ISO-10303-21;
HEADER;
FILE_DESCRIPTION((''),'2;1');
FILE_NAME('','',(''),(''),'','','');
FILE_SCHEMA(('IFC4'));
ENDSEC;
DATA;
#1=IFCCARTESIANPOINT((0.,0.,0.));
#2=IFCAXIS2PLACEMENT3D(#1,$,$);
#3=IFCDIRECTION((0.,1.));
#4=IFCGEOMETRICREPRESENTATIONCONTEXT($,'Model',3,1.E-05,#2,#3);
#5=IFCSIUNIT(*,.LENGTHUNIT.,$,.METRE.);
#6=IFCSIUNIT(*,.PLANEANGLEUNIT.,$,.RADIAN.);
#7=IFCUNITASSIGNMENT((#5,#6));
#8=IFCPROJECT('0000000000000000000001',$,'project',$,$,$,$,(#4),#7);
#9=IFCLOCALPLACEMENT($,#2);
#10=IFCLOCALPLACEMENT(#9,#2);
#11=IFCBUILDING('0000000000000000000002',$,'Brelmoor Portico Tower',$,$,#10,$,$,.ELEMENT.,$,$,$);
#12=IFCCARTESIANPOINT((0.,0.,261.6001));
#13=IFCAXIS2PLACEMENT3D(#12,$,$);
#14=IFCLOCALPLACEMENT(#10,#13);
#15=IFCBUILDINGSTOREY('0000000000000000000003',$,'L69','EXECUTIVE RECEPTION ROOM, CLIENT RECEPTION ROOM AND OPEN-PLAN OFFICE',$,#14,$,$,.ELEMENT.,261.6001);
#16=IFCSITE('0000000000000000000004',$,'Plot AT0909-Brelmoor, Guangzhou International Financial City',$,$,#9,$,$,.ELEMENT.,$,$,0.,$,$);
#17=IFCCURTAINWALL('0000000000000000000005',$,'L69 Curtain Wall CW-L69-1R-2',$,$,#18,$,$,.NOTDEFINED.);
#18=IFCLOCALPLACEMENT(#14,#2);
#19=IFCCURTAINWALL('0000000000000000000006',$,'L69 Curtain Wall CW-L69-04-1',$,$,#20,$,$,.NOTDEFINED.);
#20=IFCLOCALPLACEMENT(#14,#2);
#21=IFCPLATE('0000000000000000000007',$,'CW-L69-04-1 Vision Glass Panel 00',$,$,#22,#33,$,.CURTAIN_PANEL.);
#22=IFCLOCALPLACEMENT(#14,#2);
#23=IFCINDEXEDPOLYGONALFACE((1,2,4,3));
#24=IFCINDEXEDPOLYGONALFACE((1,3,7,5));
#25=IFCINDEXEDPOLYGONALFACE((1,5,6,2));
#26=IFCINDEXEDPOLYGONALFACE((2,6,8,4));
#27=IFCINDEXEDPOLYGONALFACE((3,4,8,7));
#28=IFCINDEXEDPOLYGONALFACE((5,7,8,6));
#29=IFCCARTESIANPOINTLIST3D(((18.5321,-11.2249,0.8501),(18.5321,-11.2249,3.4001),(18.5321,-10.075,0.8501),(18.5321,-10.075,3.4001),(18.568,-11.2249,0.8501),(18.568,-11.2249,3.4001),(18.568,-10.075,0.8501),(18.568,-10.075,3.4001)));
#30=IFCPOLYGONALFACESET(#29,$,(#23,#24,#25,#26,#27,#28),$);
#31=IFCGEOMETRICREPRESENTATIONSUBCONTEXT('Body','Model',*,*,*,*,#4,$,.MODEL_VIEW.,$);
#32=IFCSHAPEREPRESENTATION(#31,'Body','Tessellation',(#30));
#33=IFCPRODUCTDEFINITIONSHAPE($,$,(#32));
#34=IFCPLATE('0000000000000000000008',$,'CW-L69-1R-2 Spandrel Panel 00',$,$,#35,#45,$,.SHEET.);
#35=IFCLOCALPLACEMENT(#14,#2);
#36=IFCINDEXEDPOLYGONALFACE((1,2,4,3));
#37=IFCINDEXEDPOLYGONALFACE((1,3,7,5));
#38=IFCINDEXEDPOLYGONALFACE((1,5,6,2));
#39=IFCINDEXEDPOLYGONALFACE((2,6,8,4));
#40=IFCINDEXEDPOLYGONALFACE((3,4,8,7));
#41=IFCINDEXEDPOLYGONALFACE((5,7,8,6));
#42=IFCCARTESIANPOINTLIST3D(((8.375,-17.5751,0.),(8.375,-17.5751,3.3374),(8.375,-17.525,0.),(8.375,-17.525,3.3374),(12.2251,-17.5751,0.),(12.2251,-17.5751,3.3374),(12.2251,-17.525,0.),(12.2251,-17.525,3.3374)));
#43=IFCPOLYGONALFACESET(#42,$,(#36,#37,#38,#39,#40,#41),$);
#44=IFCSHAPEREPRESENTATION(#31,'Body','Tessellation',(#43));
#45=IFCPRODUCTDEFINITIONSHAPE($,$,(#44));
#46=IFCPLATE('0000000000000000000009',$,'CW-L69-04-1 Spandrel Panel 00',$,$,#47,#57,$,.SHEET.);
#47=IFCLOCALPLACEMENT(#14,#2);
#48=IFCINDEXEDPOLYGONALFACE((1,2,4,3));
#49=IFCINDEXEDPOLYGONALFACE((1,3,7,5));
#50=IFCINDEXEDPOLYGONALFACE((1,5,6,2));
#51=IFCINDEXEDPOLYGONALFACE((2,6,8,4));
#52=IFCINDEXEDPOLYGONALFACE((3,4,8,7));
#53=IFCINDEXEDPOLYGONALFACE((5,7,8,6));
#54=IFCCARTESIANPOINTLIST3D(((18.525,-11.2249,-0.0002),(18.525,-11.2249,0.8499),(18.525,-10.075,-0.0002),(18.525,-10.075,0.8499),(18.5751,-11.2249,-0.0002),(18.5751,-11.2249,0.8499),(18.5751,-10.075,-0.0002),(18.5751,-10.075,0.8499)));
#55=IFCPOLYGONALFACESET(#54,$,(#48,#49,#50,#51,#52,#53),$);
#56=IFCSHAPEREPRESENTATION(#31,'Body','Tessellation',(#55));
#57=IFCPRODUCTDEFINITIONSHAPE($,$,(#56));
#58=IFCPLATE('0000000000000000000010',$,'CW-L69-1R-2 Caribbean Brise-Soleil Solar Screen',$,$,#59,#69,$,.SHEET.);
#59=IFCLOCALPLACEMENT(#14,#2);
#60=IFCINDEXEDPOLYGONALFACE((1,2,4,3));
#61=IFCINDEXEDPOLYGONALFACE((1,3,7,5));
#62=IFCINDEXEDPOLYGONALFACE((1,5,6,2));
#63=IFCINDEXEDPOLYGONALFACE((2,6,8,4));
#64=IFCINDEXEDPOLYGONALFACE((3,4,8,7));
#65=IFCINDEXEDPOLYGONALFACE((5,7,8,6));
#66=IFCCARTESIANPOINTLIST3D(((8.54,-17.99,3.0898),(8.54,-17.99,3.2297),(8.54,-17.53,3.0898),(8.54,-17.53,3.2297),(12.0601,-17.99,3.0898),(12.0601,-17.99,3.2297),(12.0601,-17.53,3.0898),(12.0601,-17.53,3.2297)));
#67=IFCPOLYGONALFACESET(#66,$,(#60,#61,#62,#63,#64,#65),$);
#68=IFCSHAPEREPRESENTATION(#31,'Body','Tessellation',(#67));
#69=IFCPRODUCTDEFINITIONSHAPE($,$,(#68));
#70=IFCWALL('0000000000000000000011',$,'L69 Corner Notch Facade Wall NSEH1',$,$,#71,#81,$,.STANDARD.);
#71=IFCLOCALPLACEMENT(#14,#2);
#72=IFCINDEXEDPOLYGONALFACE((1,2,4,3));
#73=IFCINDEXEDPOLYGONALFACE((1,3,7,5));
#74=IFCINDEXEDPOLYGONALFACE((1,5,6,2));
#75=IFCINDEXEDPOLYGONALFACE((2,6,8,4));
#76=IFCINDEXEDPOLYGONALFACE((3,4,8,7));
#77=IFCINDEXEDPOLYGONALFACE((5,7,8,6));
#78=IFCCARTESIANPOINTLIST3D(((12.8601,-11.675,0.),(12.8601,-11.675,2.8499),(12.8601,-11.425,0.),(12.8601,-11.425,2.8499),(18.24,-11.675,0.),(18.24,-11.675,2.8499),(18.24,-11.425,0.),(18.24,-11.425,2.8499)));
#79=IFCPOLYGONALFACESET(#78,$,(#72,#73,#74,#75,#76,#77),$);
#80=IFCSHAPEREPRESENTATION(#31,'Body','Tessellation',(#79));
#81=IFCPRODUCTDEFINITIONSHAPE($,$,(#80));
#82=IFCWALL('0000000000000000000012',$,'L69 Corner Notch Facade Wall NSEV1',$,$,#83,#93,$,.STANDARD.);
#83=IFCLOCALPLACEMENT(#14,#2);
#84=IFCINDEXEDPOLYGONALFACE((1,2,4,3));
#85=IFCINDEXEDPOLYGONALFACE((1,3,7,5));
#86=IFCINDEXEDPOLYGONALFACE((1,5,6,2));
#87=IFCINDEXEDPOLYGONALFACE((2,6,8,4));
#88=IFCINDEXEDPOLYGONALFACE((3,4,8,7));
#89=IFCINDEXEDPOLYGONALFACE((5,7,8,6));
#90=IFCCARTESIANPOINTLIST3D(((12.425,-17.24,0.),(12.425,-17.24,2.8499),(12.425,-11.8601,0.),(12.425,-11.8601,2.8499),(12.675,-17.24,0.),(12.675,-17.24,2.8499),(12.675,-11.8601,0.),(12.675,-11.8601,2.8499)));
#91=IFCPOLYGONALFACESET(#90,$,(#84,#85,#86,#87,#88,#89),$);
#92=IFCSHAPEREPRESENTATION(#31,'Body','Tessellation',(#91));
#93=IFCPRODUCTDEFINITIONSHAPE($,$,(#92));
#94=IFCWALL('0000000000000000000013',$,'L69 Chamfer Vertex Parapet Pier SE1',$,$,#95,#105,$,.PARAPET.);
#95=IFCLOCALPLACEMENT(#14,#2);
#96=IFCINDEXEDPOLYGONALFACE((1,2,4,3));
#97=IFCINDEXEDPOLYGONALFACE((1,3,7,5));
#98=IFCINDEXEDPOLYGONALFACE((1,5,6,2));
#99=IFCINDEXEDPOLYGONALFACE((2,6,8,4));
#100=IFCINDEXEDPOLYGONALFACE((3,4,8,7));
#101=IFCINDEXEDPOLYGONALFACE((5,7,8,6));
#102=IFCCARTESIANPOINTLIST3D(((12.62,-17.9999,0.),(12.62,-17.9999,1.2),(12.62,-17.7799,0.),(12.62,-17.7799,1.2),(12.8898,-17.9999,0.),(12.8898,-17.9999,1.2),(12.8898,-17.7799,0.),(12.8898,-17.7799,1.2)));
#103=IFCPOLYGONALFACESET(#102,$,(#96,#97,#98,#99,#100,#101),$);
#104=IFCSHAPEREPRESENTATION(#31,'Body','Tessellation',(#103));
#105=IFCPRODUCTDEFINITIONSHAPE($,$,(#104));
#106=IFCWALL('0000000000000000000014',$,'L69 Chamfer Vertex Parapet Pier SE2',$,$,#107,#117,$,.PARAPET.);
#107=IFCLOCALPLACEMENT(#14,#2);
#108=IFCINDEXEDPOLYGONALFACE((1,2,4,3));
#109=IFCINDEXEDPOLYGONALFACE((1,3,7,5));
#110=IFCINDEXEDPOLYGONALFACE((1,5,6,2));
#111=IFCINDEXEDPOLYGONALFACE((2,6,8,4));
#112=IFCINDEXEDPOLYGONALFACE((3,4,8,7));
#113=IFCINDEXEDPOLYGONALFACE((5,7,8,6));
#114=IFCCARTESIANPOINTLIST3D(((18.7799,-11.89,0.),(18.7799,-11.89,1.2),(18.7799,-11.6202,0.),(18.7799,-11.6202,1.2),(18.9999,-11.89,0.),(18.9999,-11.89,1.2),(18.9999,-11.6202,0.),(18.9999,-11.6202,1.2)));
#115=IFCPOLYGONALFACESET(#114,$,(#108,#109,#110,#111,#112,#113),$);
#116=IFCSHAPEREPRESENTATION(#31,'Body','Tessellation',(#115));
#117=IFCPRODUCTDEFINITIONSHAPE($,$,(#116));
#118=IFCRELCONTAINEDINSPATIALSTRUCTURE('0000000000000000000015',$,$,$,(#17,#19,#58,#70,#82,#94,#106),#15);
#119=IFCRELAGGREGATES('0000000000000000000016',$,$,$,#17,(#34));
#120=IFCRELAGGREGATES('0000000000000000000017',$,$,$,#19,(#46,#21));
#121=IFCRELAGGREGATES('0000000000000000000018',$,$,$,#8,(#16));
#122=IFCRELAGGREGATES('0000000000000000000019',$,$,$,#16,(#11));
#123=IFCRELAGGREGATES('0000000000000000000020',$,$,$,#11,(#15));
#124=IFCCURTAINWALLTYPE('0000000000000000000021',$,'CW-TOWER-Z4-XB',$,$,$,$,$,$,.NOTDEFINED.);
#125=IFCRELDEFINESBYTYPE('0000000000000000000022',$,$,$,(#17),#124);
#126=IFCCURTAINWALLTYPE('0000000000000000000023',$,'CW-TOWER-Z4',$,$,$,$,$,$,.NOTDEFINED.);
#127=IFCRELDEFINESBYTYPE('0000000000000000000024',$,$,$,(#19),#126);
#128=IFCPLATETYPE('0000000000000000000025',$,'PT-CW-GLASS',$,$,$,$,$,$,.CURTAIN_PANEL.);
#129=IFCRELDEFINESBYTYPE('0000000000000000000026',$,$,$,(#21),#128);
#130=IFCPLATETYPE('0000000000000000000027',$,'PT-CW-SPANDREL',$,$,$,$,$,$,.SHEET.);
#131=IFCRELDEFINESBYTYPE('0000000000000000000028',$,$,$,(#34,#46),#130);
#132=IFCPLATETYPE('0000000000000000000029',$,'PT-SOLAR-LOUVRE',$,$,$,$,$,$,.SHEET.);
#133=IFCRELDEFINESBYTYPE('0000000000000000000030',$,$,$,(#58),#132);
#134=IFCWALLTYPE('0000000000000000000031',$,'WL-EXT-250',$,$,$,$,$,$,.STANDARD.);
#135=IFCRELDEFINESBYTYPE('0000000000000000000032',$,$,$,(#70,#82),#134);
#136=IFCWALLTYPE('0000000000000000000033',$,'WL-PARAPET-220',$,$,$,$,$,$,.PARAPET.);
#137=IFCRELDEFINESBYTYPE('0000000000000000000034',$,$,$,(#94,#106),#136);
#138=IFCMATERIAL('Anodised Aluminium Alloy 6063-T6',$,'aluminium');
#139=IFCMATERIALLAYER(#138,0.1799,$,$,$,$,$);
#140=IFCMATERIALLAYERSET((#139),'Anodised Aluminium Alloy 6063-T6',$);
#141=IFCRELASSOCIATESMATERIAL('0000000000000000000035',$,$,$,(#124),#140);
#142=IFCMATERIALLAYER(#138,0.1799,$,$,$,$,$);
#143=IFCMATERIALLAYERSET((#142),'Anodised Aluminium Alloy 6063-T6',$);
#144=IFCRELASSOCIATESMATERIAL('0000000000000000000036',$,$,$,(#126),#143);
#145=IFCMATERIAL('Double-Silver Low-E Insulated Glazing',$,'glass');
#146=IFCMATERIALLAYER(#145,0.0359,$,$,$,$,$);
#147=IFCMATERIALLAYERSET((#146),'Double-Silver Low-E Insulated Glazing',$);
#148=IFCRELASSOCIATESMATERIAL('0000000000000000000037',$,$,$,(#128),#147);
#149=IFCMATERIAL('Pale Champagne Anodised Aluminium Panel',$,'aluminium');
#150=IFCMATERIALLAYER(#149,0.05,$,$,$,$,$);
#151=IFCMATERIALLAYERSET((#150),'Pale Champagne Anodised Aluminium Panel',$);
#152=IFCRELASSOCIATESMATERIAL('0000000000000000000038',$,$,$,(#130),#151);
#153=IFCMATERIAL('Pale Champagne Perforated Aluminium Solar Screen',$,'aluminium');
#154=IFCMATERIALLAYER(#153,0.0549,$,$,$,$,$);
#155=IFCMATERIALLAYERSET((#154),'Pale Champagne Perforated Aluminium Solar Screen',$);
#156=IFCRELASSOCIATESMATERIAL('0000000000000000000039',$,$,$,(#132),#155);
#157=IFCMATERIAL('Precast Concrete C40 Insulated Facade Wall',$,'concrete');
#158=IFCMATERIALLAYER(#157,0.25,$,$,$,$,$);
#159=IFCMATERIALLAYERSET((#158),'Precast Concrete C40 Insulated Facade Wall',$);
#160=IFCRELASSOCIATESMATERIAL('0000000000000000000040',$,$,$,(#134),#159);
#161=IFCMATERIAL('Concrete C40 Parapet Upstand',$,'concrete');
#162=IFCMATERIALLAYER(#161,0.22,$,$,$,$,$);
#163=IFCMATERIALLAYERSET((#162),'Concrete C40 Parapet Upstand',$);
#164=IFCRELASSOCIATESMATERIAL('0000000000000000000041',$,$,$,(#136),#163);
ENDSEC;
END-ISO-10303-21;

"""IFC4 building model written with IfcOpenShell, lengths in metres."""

from ifc_helpers import new_model, si_unit, direction, frame, frame_2d, origin, origin_2d, place, context, subcontext, project, spatial, rectangle, extrude, material, layer, layer_set, type_object, element, aggregate, save


model = new_model("IFC4")

# Units and contexts
model_context = context("Model", 3, precision=1e-05, world=origin(), true_north=direction((0.0, 1.0)))
body_context = subcontext(model_context, "Body", "Model", "MODEL_VIEW")
ifc_project = project(units=[si_unit("LENGTHUNIT", "METRE"), si_unit("PLANEANGLEUNIT", "RADIAN")], contexts=[model_context])

# Site, building, storey
site_placement = place(None, origin())
site = spatial("IfcSite", under=ifc_project, at=site_placement, Name="Plot AT0909-Brelmoor, Guangzhou International Financial City", CompositionType="ELEMENT", RefElevation=0.0)
building_placement = place(site_placement, origin())
building = spatial("IfcBuilding", under=site, at=building_placement, Name="Brelmoor Portico Tower", CompositionType="ELEMENT")
storey_placement = place(building_placement, frame((0.0, 0.0, 261.6001)))
storey = spatial("IfcBuildingStorey", under=building, at=storey_placement, Name="L69", Description="EXECUTIVE RECEPTION ROOM, CLIENT RECEPTION ROOM AND OPEN-PLAN OFFICE", CompositionType="ELEMENT", Elevation=261.6001)

# Curtain wall
ifc_material_1 = material(Name="Anodised Aluminium Alloy 6063-T6", Category="aluminium")
ifc_layer_1 = layer(ifc_material_1, 0.1799)
ifc_layer_set_1 = layer_set([ifc_layer_1], Name="Anodised Aluminium Alloy 6063-T6")
curtain_wall_type_1 = type_object("IfcCurtainWallType", Name="CW-TOWER-Z4-XB", PredefinedType="NOTDEFINED", material=ifc_layer_set_1)
curtain_wall_1_placement = place(storey_placement, origin())
curtain_wall_1 = element("IfcCurtainWall", 1, at=curtain_wall_1_placement, inside=storey, type_object=curtain_wall_type_1, Name="L69 Curtain Wall CW-L69-1R-2", PredefinedType="NOTDEFINED")

# Curtain wall, plate
ifc_layer_2 = layer(ifc_material_1, 0.1799)
ifc_layer_set_2 = layer_set([ifc_layer_2], Name="Anodised Aluminium Alloy 6063-T6")
curtain_wall_type_2 = type_object("IfcCurtainWallType", Name="CW-TOWER-Z4", PredefinedType="NOTDEFINED", material=ifc_layer_set_2)
curtain_wall_2_placement = place(storey_placement, origin())
curtain_wall_2 = element("IfcCurtainWall", 2, at=curtain_wall_2_placement, inside=storey, type_object=curtain_wall_type_2, Name="L69 Curtain Wall CW-L69-04-1", PredefinedType="NOTDEFINED")
ifc_material_2 = material(Name="Double-Silver Low-E Insulated Glazing", Category="glass")
ifc_layer_3 = layer(ifc_material_2, 0.0359)
ifc_layer_set_3 = layer_set([ifc_layer_3], Name="Double-Silver Low-E Insulated Glazing")
plate_type_1 = type_object("IfcPlateType", Name="PT-CW-GLASS", PredefinedType="CURTAIN_PANEL", material=ifc_layer_set_3)
plate_1_placement = place(storey_placement, frame((18.55, -10.6499, 0.8501), z_axis=(0.0, 0.0, 1.0), x_axis=(0.0, 1.0, 0.0)))
plate_1 = element("IfcPlate", 3, at=plate_1_placement, type_object=plate_type_1, Name="CW-L69-04-1 Vision Glass Panel 00", PredefinedType="CURTAIN_PANEL", context=body_context, shape_type="SweptSolid", body=[
    extrude(rectangle(XDim=1.1499, YDim=0.0359, at=origin_2d()), origin(), (0.0, 0.0, 1.0), 2.55),
])

# Plates
ifc_material_3 = material(Name="Pale Champagne Anodised Aluminium Panel", Category="aluminium")
ifc_layer_4 = layer(ifc_material_3, 0.05)
ifc_layer_set_4 = layer_set([ifc_layer_4], Name="Pale Champagne Anodised Aluminium Panel")
plate_type_2 = type_object("IfcPlateType", Name="PT-CW-SPANDREL", PredefinedType="SHEET", material=ifc_layer_set_4)
plate_2_placement = place(storey_placement, frame((10.3, -17.55, 0.0), z_axis=(0.0, 0.0, 1.0), x_axis=(1.0, 0.0, 0.0)))
plate_2 = element("IfcPlate", 4, at=plate_2_placement, type_object=plate_type_2, Name="CW-L69-1R-2 Spandrel Panel 00", PredefinedType="SHEET", context=body_context, shape_type="SweptSolid", body=[
    extrude(rectangle(XDim=3.8501, YDim=0.05, at=origin_2d()), origin(), (0.0, 0.0, 1.0), 3.3374),
])
aggregate(curtain_wall_1, [plate_2])
plate_3_placement = place(storey_placement, frame((18.55, -10.6499, -0.0002), z_axis=(0.0, 0.0, 1.0), x_axis=(0.0, 1.0, 0.0)))
plate_3 = element("IfcPlate", 5, at=plate_3_placement, type_object=plate_type_2, Name="CW-L69-04-1 Spandrel Panel 00", PredefinedType="SHEET", context=body_context, shape_type="SweptSolid", body=[
    extrude(rectangle(XDim=1.1499, YDim=0.05, at=origin_2d()), origin(), (0.0, 0.0, 1.0), 0.8501),
])
aggregate(curtain_wall_2, [plate_3, plate_1])
ifc_material_4 = material(Name="Pale Champagne Perforated Aluminium Solar Screen", Category="aluminium")
ifc_layer_5 = layer(ifc_material_4, 0.0549)
ifc_layer_set_5 = layer_set([ifc_layer_5], Name="Pale Champagne Perforated Aluminium Solar Screen")
plate_type_3 = type_object("IfcPlateType", Name="PT-SOLAR-LOUVRE", PredefinedType="SHEET", material=ifc_layer_set_5)
plate_4_placement = place(storey_placement, frame((10.3, -17.76, 3.0898), z_axis=(0.0, 0.0, 1.0), x_axis=(1.0, 0.0, 0.0)))
element("IfcPlate", 6, at=plate_4_placement, inside=storey, type_object=plate_type_3, Name="CW-L69-1R-2 Caribbean Brise-Soleil Solar Screen", PredefinedType="SHEET", context=body_context, shape_type="SweptSolid", body=[
    extrude(rectangle(XDim=3.52, YDim=0.46, at=origin_2d()), origin(), (0.0, 0.0, 1.0), 0.1399),
])

# Walls
ifc_material_5 = material(Name="Precast Concrete C40 Insulated Facade Wall", Category="concrete")
ifc_layer_6 = layer(ifc_material_5, 0.25)
ifc_layer_set_6 = layer_set([ifc_layer_6], Name="Precast Concrete C40 Insulated Facade Wall")
wall_type_1 = type_object("IfcWallType", Name="WL-EXT-250", PredefinedType="STANDARD", material=ifc_layer_set_6)
for number, where, z_axis, x_axis, name in (
    (7, (12.8601, -11.55, 0.0), (0.0, 0.0, 1.0), (1.0, 0.0, 0.0), "L69 Corner Notch Facade Wall NSEH1"),
    (8, (12.55, -17.24, 0.0), (0.0, 0.0, 1.0), (0.0, 1.0, 0.0), "L69 Corner Notch Facade Wall NSEV1"),
):
    element("IfcWall", number, at=place(storey_placement, frame(where, z_axis=z_axis, x_axis=x_axis)), inside=storey, type_object=wall_type_1, Name=name, PredefinedType="STANDARD", context=body_context, shape_type="SweptSolid", body=[
        extrude(rectangle(XDim=5.3799, YDim=0.25, at=frame_2d((2.6899, 0.0))), origin(), (0.0, 0.0, 1.0), 2.8499),
    ])
ifc_material_6 = material(Name="Concrete C40 Parapet Upstand", Category="concrete")
ifc_layer_7 = layer(ifc_material_6, 0.22)
ifc_layer_set_7 = layer_set([ifc_layer_7], Name="Concrete C40 Parapet Upstand")
wall_type_2 = type_object("IfcWallType", Name="WL-PARAPET-220", PredefinedType="PARAPET", material=ifc_layer_set_7)
for number, where, z_axis, x_axis, name in (
    (9, (12.6201, -17.8899, 0.0), (0.0, 0.0, 1.0), (1.0, 0.0, 0.0), "L69 Chamfer Vertex Parapet Pier SE1"),
    (10, (18.8899, -11.8899, 0.0), (0.0, 0.0, 1.0), (0.0, 1.0, 0.0), "L69 Chamfer Vertex Parapet Pier SE2"),
):
    element("IfcWall", number, at=place(storey_placement, frame(where, z_axis=z_axis, x_axis=x_axis)), inside=storey, type_object=wall_type_2, Name=name, PredefinedType="PARAPET", context=body_context, shape_type="SweptSolid", body=[
        extrude(rectangle(XDim=0.2698, YDim=0.22, at=frame_2d((0.1348, 0.0))), origin(), (0.0, 0.0, 1.0), 1.2),
    ])

save(model, "model.ifc")
